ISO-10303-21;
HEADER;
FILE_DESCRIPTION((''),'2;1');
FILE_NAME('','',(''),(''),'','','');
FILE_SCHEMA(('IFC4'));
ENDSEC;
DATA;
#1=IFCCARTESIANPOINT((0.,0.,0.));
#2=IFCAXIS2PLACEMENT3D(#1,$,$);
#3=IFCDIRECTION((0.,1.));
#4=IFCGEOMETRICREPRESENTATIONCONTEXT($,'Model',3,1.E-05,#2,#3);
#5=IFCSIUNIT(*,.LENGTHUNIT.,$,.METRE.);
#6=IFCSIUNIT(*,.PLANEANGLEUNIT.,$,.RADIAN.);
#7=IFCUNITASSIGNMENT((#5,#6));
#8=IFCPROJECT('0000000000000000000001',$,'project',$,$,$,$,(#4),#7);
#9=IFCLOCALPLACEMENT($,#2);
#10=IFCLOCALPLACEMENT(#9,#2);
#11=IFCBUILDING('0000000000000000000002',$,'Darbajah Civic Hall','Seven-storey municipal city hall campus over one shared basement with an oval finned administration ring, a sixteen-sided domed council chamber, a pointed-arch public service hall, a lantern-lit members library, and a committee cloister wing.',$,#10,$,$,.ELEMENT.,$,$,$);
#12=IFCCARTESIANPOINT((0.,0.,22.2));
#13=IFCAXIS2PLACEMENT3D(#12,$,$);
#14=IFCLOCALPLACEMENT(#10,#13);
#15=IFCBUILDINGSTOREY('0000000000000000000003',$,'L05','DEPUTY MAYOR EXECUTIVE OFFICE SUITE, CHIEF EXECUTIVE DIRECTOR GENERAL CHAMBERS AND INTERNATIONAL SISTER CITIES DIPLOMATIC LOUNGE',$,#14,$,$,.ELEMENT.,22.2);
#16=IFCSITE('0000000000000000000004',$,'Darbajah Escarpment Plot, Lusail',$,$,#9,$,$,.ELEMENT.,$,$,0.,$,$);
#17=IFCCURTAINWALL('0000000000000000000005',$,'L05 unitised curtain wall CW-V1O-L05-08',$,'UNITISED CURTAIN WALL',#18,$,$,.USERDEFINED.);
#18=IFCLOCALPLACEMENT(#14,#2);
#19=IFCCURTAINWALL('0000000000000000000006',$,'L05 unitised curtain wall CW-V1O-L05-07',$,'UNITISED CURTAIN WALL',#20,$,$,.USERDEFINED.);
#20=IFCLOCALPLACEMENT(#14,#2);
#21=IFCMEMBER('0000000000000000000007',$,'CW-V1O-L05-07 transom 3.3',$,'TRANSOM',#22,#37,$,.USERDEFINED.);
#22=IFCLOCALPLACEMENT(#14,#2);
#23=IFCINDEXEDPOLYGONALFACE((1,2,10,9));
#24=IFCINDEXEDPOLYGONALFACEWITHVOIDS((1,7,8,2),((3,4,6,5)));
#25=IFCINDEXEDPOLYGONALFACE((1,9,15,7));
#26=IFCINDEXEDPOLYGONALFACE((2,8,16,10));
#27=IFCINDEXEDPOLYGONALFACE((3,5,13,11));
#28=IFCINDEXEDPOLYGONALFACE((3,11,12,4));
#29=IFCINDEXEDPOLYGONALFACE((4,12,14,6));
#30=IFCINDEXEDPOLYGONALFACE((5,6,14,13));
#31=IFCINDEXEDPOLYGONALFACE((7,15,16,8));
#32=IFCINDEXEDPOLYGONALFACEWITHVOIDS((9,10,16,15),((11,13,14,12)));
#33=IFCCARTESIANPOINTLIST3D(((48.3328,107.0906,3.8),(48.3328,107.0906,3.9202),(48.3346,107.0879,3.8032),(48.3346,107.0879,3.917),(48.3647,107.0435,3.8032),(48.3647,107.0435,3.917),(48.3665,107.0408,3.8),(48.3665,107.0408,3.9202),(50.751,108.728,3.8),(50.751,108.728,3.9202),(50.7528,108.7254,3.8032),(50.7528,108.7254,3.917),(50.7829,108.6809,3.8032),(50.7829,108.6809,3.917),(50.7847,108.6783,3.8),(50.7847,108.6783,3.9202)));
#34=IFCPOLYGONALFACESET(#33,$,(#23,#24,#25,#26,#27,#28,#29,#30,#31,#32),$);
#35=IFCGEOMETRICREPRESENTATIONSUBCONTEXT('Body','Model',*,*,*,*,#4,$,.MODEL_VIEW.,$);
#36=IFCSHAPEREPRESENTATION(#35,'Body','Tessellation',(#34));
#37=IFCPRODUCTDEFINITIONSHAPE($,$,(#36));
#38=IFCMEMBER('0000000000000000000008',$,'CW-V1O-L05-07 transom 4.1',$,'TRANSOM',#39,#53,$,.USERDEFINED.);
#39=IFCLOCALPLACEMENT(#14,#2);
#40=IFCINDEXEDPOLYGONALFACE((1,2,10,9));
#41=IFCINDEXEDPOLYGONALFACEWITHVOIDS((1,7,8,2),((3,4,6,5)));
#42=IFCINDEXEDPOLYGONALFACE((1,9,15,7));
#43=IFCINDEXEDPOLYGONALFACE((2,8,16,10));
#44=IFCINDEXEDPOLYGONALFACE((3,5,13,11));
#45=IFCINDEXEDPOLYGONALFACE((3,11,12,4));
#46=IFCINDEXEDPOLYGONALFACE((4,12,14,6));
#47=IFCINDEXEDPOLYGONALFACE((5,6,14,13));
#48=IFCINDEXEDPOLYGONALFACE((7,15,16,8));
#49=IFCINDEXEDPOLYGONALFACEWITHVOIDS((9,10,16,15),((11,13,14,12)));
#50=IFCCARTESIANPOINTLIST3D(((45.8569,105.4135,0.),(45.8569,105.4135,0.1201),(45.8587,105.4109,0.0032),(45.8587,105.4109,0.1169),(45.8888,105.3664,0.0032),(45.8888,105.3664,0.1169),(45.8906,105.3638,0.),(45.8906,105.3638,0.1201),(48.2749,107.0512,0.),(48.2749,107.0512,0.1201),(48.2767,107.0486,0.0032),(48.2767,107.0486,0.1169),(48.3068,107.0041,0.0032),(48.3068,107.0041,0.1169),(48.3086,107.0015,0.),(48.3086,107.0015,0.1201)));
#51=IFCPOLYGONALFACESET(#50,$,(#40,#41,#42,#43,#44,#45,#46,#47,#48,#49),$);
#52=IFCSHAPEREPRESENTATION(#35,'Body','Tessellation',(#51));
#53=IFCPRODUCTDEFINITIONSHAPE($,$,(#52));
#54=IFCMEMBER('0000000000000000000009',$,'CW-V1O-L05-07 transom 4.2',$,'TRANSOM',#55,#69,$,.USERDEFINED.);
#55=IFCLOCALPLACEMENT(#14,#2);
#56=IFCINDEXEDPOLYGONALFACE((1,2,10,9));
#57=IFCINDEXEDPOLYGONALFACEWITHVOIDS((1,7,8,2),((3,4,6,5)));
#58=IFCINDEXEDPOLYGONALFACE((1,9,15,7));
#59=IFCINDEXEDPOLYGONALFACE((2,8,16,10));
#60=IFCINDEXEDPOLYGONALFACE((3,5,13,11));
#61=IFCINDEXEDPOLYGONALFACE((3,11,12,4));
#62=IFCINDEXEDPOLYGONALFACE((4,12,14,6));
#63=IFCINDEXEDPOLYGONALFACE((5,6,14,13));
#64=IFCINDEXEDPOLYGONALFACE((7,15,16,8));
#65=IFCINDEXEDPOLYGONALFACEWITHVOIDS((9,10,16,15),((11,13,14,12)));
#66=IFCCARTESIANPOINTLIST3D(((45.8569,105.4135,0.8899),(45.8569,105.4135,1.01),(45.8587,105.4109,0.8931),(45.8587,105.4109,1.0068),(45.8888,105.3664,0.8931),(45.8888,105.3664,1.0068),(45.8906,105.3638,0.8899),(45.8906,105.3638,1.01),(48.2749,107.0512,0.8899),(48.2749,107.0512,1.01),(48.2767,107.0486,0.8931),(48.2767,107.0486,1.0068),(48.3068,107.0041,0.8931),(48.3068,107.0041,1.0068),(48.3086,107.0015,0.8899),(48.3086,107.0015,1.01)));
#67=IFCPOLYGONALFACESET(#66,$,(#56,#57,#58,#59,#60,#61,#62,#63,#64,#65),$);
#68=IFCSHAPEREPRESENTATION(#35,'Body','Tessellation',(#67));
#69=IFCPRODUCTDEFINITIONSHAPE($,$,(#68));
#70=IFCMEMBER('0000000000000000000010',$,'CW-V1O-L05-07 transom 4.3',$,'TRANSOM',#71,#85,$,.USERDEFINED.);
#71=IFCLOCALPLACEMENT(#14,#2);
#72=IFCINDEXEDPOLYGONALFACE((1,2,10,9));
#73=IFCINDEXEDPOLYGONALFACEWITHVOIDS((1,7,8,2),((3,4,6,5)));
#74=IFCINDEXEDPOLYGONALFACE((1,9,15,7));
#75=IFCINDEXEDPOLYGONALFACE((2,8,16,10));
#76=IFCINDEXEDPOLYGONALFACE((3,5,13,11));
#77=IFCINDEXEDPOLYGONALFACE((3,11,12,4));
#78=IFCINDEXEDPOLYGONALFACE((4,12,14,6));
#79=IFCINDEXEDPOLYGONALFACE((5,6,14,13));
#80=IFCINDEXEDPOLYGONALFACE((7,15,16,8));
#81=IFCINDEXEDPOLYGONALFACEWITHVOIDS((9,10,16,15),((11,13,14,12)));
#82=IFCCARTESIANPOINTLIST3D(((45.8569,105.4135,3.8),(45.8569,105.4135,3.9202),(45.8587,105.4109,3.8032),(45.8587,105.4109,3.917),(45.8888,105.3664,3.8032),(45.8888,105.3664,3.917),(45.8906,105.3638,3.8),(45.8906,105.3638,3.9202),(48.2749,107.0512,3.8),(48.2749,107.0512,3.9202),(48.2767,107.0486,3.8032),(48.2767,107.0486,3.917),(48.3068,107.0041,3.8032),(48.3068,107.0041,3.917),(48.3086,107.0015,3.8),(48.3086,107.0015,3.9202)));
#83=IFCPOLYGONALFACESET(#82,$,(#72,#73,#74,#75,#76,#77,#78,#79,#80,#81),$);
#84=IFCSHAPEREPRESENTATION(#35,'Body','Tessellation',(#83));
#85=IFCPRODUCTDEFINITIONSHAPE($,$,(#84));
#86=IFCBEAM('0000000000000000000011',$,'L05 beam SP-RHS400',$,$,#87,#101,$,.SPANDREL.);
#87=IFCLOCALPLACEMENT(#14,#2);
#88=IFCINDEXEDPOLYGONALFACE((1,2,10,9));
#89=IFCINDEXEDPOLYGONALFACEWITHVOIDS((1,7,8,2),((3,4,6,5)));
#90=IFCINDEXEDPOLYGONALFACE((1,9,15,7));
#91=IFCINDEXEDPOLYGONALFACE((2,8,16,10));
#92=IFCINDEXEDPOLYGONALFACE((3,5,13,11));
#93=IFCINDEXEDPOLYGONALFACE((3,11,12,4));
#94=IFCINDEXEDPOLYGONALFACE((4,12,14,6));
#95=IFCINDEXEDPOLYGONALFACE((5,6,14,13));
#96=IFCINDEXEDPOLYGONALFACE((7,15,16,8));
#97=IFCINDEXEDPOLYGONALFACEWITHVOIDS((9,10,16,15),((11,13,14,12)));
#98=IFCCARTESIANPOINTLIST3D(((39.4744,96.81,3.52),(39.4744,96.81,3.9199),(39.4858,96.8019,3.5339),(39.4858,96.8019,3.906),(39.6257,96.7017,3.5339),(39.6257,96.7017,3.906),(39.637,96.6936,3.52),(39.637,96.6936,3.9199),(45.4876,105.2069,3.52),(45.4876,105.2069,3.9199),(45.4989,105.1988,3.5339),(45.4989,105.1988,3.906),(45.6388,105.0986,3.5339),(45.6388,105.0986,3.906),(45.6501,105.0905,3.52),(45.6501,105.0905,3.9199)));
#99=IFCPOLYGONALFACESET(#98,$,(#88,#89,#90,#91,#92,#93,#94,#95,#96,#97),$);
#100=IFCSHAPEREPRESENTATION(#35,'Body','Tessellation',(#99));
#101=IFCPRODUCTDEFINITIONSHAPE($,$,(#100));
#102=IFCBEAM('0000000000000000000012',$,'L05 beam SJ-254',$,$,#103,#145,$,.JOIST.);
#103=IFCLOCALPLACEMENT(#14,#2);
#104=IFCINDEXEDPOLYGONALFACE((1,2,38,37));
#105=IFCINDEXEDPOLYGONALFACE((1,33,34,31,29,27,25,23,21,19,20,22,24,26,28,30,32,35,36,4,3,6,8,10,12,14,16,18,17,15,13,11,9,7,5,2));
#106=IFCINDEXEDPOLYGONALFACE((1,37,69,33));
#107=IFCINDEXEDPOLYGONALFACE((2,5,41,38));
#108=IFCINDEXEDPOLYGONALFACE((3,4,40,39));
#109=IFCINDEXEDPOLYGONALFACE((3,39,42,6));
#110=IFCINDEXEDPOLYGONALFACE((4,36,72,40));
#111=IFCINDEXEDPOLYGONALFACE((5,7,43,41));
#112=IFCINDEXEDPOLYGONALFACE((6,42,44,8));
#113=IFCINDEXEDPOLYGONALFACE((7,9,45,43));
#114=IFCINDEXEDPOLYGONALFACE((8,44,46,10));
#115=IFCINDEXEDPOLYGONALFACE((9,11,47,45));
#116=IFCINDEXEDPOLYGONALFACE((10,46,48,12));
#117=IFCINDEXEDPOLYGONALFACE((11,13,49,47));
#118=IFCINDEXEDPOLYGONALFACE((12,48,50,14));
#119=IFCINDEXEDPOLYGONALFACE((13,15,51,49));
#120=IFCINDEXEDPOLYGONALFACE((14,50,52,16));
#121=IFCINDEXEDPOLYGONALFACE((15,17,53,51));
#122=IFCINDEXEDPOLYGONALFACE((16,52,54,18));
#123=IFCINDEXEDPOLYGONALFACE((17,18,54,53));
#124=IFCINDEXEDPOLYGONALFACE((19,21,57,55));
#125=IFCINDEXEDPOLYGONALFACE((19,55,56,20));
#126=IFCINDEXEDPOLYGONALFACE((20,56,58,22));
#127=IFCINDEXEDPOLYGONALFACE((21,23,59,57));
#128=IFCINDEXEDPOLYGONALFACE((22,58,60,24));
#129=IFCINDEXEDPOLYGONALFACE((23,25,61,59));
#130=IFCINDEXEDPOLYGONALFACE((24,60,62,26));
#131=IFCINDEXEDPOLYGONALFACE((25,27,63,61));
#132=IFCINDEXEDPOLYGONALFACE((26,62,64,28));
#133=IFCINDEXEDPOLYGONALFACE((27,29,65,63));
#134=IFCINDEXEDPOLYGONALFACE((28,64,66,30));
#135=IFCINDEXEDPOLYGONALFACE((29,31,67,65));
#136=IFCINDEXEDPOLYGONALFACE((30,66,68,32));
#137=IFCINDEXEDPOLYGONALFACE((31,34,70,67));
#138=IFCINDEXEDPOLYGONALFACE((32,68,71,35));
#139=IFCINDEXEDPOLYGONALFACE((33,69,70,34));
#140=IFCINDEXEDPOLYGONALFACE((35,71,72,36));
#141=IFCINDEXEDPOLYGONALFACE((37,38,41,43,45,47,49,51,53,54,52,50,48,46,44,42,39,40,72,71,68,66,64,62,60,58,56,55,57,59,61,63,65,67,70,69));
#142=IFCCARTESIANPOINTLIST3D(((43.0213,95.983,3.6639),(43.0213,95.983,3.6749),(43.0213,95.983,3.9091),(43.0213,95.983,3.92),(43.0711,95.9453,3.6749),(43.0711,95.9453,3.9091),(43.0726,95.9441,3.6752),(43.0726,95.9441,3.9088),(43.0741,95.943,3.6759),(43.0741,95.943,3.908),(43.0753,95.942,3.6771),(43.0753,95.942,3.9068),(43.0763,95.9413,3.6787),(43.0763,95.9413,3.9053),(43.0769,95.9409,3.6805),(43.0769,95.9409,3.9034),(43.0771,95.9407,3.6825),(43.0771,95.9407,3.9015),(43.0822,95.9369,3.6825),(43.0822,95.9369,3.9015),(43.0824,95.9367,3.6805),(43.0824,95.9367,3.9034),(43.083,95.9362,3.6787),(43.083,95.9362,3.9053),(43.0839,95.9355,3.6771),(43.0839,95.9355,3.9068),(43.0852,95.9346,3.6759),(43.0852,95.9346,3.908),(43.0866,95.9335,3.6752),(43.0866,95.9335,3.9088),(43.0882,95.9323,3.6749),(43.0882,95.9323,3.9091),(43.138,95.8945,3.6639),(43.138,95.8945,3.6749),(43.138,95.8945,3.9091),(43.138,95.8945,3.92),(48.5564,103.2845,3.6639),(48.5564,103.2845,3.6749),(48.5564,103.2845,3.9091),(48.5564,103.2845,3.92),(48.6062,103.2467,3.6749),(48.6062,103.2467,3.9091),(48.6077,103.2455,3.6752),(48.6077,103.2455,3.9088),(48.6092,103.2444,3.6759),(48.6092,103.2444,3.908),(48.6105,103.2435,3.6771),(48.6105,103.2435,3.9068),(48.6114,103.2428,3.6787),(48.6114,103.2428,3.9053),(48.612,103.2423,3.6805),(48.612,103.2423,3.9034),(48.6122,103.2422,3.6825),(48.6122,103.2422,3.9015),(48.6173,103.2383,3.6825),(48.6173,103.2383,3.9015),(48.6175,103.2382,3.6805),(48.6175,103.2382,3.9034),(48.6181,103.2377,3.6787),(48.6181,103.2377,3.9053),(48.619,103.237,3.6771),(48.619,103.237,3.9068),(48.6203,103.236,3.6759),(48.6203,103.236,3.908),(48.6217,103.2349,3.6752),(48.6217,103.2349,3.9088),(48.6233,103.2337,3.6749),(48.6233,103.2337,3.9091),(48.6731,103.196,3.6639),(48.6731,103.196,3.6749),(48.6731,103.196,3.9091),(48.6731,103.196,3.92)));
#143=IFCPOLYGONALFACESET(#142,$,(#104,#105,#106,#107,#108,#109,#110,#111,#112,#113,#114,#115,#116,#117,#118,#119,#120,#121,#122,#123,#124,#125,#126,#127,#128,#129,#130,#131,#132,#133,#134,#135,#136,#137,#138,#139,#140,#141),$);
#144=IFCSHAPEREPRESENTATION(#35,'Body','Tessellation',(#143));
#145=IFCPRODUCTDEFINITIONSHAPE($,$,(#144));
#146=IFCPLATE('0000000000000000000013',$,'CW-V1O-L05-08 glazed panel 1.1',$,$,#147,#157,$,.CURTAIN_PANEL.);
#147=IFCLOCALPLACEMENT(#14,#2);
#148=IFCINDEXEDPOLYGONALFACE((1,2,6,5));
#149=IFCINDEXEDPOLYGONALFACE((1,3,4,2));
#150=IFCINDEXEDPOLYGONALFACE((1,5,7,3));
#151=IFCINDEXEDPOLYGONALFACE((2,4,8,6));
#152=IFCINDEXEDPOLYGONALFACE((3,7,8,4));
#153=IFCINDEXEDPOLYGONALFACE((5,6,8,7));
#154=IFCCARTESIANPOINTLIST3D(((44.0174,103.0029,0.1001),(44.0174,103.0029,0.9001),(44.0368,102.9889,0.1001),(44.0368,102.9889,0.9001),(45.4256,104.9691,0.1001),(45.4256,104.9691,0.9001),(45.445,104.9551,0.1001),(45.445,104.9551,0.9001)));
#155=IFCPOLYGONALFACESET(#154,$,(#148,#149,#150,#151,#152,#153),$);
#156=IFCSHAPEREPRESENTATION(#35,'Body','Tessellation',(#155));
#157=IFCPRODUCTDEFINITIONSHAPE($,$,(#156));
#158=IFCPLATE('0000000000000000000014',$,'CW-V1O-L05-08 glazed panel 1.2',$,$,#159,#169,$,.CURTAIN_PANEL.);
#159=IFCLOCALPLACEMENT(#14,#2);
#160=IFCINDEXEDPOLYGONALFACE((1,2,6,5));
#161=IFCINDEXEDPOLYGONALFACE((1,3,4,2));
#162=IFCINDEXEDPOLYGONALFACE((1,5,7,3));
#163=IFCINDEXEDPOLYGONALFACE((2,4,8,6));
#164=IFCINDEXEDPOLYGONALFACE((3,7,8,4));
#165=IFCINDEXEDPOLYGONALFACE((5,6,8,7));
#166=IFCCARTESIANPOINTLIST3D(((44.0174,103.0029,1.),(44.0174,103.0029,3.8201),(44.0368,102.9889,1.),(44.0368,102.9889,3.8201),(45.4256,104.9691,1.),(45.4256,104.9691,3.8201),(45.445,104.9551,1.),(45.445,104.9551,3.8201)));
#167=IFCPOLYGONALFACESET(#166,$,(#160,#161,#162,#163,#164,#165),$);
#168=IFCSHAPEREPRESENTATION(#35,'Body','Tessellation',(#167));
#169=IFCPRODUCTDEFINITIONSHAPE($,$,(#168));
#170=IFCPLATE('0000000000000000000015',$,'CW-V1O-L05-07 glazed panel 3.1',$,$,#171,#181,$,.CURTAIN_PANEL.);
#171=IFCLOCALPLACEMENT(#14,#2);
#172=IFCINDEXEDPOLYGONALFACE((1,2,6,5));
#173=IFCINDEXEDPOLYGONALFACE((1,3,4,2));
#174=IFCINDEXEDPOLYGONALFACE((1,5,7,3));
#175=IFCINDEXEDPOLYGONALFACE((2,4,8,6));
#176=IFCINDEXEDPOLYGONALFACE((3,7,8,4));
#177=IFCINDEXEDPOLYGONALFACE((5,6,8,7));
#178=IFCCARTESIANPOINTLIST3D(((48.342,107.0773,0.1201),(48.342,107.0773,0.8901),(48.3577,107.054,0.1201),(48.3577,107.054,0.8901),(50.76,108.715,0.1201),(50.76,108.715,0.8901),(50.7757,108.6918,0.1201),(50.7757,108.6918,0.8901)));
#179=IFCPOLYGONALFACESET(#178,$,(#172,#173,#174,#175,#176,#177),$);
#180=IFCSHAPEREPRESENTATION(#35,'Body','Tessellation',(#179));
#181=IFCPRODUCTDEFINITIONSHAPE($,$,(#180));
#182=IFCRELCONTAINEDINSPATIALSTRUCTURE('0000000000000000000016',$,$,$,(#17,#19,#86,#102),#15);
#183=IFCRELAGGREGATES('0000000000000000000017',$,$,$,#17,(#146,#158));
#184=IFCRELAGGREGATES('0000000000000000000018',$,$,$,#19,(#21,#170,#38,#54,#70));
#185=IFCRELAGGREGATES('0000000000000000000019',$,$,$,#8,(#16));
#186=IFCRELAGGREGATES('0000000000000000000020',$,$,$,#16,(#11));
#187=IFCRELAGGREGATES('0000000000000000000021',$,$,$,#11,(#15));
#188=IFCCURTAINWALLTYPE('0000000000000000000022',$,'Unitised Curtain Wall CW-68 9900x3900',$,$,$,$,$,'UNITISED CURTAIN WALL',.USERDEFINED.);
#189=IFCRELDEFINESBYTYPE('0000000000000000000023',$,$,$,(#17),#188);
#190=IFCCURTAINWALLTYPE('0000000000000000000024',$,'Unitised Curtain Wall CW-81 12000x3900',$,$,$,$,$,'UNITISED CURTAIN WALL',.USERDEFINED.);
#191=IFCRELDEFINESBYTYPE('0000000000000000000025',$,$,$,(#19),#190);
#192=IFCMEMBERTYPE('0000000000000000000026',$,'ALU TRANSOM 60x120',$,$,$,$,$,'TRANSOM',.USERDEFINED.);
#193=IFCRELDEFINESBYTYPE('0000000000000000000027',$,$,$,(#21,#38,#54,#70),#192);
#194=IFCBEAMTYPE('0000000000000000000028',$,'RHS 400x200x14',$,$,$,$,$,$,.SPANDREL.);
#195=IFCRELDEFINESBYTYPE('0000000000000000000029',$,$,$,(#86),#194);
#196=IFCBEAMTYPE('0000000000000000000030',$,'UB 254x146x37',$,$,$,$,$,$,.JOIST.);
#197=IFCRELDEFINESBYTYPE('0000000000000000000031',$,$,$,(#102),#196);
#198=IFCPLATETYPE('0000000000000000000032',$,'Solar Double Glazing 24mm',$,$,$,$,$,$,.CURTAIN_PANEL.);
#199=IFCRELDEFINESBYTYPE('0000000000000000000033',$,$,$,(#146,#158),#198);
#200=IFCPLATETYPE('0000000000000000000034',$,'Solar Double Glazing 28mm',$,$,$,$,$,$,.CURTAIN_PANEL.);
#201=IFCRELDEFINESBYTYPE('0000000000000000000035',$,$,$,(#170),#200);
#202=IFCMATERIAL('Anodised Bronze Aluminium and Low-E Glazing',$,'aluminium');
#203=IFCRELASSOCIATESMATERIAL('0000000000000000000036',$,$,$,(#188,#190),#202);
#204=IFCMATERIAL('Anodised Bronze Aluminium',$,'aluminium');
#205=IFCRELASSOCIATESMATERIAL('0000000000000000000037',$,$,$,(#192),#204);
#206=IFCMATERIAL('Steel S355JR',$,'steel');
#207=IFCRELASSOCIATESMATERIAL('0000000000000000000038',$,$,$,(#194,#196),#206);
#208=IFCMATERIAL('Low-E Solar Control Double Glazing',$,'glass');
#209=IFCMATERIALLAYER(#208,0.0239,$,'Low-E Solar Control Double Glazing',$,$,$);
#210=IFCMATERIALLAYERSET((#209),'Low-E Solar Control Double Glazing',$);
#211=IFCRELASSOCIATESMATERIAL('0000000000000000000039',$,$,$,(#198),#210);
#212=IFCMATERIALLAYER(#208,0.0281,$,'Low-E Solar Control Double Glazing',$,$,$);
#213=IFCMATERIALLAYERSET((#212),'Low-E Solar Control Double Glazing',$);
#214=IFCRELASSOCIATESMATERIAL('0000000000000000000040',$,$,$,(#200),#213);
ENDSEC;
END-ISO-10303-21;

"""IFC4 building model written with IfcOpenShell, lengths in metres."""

from ifc_helpers import new_model, si_unit, direction, frame, origin, origin_2d, place, context, subcontext, project, spatial, rectangle, hollow_rectangle, i_section, extrude, material, layer, layer_set, material_profile, profile_set, type_object, element, aggregate, save


model = new_model("IFC4")

# Units and contexts
model_context = context("Model", 3, precision=1e-05, world=origin(), true_north=direction((0.0, 1.0)))
body_context = subcontext(model_context, "Body", "Model", "MODEL_VIEW")
ifc_project = project(units=[si_unit("LENGTHUNIT", "METRE"), si_unit("PLANEANGLEUNIT", "RADIAN")], contexts=[model_context])

# Site, building, storey
site_placement = place(None, origin())
site = spatial("IfcSite", under=ifc_project, at=site_placement, Name="Darbajah Escarpment Plot, Lusail", CompositionType="ELEMENT", RefElevation=0.0)
building_placement = place(site_placement, origin())
building = spatial("IfcBuilding", under=site, at=building_placement, Name="Darbajah Civic Hall", Description="Seven-storey municipal city hall campus over one shared basement with an oval finned administration ring, a sixteen-sided domed council chamber, a pointed-arch public service hall, a lantern-lit members library, and a committee cloister wing.", CompositionType="ELEMENT")
storey_placement = place(building_placement, frame((0.0, 0.0, 22.2)))
storey = spatial("IfcBuildingStorey", under=building, at=storey_placement, Name="L05", Description="DEPUTY MAYOR EXECUTIVE OFFICE SUITE, CHIEF EXECUTIVE DIRECTOR GENERAL CHAMBERS AND INTERNATIONAL SISTER CITIES DIPLOMATIC LOUNGE", CompositionType="ELEMENT", Elevation=22.2)

# Curtain wall
ifc_material_1 = material(Name="Anodised Bronze Aluminium and Low-E Glazing", Category="aluminium")
curtain_wall_type_1 = type_object("IfcCurtainWallType", Name="Unitised Curtain Wall CW-68 9900x3900", ElementType="UNITISED CURTAIN WALL", PredefinedType="USERDEFINED", material=ifc_material_1)
curtain_wall_1_placement = place(storey_placement, origin())
curtain_wall_1 = element("IfcCurtainWall", 1, at=curtain_wall_1_placement, inside=storey, type_object=curtain_wall_type_1, Name="L05 unitised curtain wall CW-V1O-L05-08", ObjectType="UNITISED CURTAIN WALL", PredefinedType="USERDEFINED")
ifc_material_2 = material(Name="Anodised Bronze Aluminium", Category="aluminium")

# Curtain wall
curtain_wall_type_2 = type_object("IfcCurtainWallType", Name="Unitised Curtain Wall CW-81 12000x3900", ElementType="UNITISED CURTAIN WALL", PredefinedType="USERDEFINED", material=ifc_material_1)
curtain_wall_2_placement = place(storey_placement, origin())
curtain_wall_2 = element("IfcCurtainWall", 2, at=curtain_wall_2_placement, inside=storey, type_object=curtain_wall_type_2, Name="L05 unitised curtain wall CW-V1O-L05-07", ObjectType="UNITISED CURTAIN WALL", PredefinedType="USERDEFINED")

# Members
ifc_material_profile_1 = material_profile(ifc_material_2, hollow_rectangle(XDim=0.0601, YDim=0.1201, WallThickness=0.0032, at=origin_2d()), Name="ALU TRANSOM 60x120")
ifc_profile_set_1 = profile_set([ifc_material_profile_1], Name="Anodised Bronze Aluminium")
member_type_1 = type_object("IfcMemberType", Name="ALU TRANSOM 60x120", ElementType="TRANSOM", PredefinedType="USERDEFINED", material=ifc_profile_set_1)
member_1_placement = place(storey_placement, frame((50.7678, 108.7031, 3.8601), z_axis=(-0.828029, -0.560685, 0.0), x_axis=(0.560685, -0.828029, 0.0)))
member_1 = element("IfcMember", 3, at=member_1_placement, type_object=member_type_1, Name="CW-V1O-L05-07 transom 3.3", ObjectType="TRANSOM", PredefinedType="USERDEFINED", context=body_context, shape_type="SweptSolid", body=[
    extrude(hollow_rectangle(XDim=0.0601, YDim=0.1201, WallThickness=0.0032, at=origin_2d()), origin(), (0.0, 0.0, 1.0), 2.9204),
])
member_2_placement = place(storey_placement, frame((48.2917, 107.0264, 0.0601), z_axis=(-0.827964, -0.560782, 0.0), x_axis=(0.560782, -0.827964, 0.0)))
member_2 = element("IfcMember", 4, at=member_2_placement, type_object=member_type_1, Name="CW-V1O-L05-07 transom 4.1", ObjectType="TRANSOM", PredefinedType="USERDEFINED", context=body_context, shape_type="SweptSolid", body=[
    extrude(hollow_rectangle(XDim=0.0601, YDim=0.1201, WallThickness=0.0032, at=origin_2d()), origin(), (0.0, 0.0, 1.0), 2.9204),
])
member_3_placement = place(storey_placement, frame((48.2917, 107.0264, 0.95), z_axis=(-0.827964, -0.560782, 0.0), x_axis=(0.560782, -0.827964, 0.0)))
member_3 = element("IfcMember", 5, at=member_3_placement, type_object=member_type_1, Name="CW-V1O-L05-07 transom 4.2", ObjectType="TRANSOM", PredefinedType="USERDEFINED", context=body_context, shape_type="SweptSolid", body=[
    extrude(hollow_rectangle(XDim=0.0601, YDim=0.1201, WallThickness=0.0032, at=origin_2d()), origin(), (0.0, 0.0, 1.0), 2.9204),
])
member_4_placement = place(storey_placement, frame((48.2917, 107.0264, 3.8601), z_axis=(-0.827964, -0.560782, 0.0), x_axis=(0.560782, -0.827964, 0.0)))
member_4 = element("IfcMember", 6, at=member_4_placement, type_object=member_type_1, Name="CW-V1O-L05-07 transom 4.3", ObjectType="TRANSOM", PredefinedType="USERDEFINED", context=body_context, shape_type="SweptSolid", body=[
    extrude(hollow_rectangle(XDim=0.0601, YDim=0.1201, WallThickness=0.0032, at=origin_2d()), origin(), (0.0, 0.0, 1.0), 2.9204),
])

# Beams
ifc_material_3 = material(Name="Steel S355JR", Category="steel")
ifc_material_profile_2 = material_profile(ifc_material_3, hollow_rectangle(XDim=0.2, YDim=0.3999, WallThickness=0.0139, at=origin_2d()), Name="RHS 400x200x14")
ifc_profile_set_2 = profile_set([ifc_material_profile_2], Name="Steel S355JR")
beam_type_1 = type_object("IfcBeamType", Name="RHS 400x200x14", PredefinedType="SPANDREL", material=ifc_profile_set_2)
beam_1_placement = place(storey_placement, frame((45.5688, 105.1487, 3.72), z_axis=(-0.582222, -0.81303, 0.0), x_axis=(0.81303, -0.582222, 0.0)))
element("IfcBeam", 7, at=beam_1_placement, inside=storey, type_object=beam_type_1, Name="L05 beam SP-RHS400", PredefinedType="SPANDREL", context=body_context, shape_type="SweptSolid", body=[
    extrude(hollow_rectangle(XDim=0.2, YDim=0.3999, WallThickness=0.0139, at=origin_2d()), origin(), (0.0, 0.0, 1.0), 10.3279),
])
ifc_material_profile_3 = material_profile(ifc_material_3, i_section(OverallWidth=0.1465, OverallDepth=0.2561, WebThickness=0.0063, FlangeThickness=0.011, FilletRadius=0.0076, at=origin_2d()), Name="UB 254x146x37")
ifc_profile_set_3 = profile_set([ifc_material_profile_3], Name="Steel S355JR")
beam_type_2 = type_object("IfcBeamType", Name="UB 254x146x37", PredefinedType="JOIST", material=ifc_profile_set_3)
beam_2_placement = place(storey_placement, frame((48.6147, 103.2402, 3.792), z_axis=(-0.604115, -0.796897, 0.0), x_axis=(0.796897, -0.604115, 0.0)))
element("IfcBeam", 8, at=beam_2_placement, inside=storey, type_object=beam_type_2, Name="L05 beam SJ-254", PredefinedType="JOIST", context=body_context, shape_type="SweptSolid", body=[
    extrude(i_section(OverallWidth=0.1465, OverallDepth=0.2561, WebThickness=0.0063, FlangeThickness=0.011, FilletRadius=0.0076, at=origin_2d()), origin(), (0.0, 0.0, 1.0), 9.1624),
])

# Plates
ifc_material_4 = material(Name="Low-E Solar Control Double Glazing", Category="glass")
ifc_layer_1 = layer(ifc_material_4, 0.0239, Name="Low-E Solar Control Double Glazing")
ifc_layer_set_1 = layer_set([ifc_layer_1], Name="Low-E Solar Control Double Glazing")
plate_type_1 = type_object("IfcPlateType", Name="Solar Double Glazing 24mm", PredefinedType="CURTAIN_PANEL", material=ifc_layer_set_1)
plate_1_placement = place(storey_placement, frame((44.7312, 103.979, 0.1001), z_axis=(0.0, 0.0, 1.0), x_axis=(-0.582265, -0.812999, 0.0)))
plate_1 = element("IfcPlate", 9, at=plate_1_placement, type_object=plate_type_1, Name="CW-V1O-L05-08 glazed panel 1.1", PredefinedType="CURTAIN_PANEL", context=body_context, shape_type="SweptSolid", body=[
    extrude(rectangle(XDim=2.4185, YDim=0.0239, at=origin_2d()), origin(), (0.0, 0.0, 1.0), 0.8),
])
plate_2_placement = place(storey_placement, frame((44.7312, 103.979, 1.0), z_axis=(0.0, 0.0, 1.0), x_axis=(-0.582265, -0.812999, 0.0)))
plate_2 = element("IfcPlate", 10, at=plate_2_placement, type_object=plate_type_1, Name="CW-V1O-L05-08 glazed panel 1.2", PredefinedType="CURTAIN_PANEL", context=body_context, shape_type="SweptSolid", body=[
    extrude(rectangle(XDim=2.4185, YDim=0.0239, at=origin_2d()), origin(), (0.0, 0.0, 1.0), 2.8201),
])
aggregate(curtain_wall_1, [plate_1, plate_2])
ifc_layer_2 = layer(ifc_material_4, 0.0281, Name="Low-E Solar Control Double Glazing")
ifc_layer_set_2 = layer_set([ifc_layer_2], Name="Low-E Solar Control Double Glazing")
plate_type_2 = type_object("IfcPlateType", Name="Solar Double Glazing 28mm", PredefinedType="CURTAIN_PANEL", material=ifc_layer_set_2)
plate_3_placement = place(storey_placement, frame((49.5588, 107.8845, 0.1201), z_axis=(0.0, 0.0, 1.0), x_axis=(-0.827962, -0.560784, 0.0)))
plate_3 = element("IfcPlate", 11, at=plate_3_placement, type_object=plate_type_2, Name="CW-V1O-L05-07 glazed panel 3.1", PredefinedType="CURTAIN_PANEL", context=body_context, shape_type="SweptSolid", body=[
    extrude(rectangle(XDim=2.9204, YDim=0.0281, at=origin_2d()), origin(), (0.0, 0.0, 1.0), 0.77),
])
aggregate(curtain_wall_2, [member_1, plate_3, member_2, member_3, member_4])

save(model, "model.ifc")
